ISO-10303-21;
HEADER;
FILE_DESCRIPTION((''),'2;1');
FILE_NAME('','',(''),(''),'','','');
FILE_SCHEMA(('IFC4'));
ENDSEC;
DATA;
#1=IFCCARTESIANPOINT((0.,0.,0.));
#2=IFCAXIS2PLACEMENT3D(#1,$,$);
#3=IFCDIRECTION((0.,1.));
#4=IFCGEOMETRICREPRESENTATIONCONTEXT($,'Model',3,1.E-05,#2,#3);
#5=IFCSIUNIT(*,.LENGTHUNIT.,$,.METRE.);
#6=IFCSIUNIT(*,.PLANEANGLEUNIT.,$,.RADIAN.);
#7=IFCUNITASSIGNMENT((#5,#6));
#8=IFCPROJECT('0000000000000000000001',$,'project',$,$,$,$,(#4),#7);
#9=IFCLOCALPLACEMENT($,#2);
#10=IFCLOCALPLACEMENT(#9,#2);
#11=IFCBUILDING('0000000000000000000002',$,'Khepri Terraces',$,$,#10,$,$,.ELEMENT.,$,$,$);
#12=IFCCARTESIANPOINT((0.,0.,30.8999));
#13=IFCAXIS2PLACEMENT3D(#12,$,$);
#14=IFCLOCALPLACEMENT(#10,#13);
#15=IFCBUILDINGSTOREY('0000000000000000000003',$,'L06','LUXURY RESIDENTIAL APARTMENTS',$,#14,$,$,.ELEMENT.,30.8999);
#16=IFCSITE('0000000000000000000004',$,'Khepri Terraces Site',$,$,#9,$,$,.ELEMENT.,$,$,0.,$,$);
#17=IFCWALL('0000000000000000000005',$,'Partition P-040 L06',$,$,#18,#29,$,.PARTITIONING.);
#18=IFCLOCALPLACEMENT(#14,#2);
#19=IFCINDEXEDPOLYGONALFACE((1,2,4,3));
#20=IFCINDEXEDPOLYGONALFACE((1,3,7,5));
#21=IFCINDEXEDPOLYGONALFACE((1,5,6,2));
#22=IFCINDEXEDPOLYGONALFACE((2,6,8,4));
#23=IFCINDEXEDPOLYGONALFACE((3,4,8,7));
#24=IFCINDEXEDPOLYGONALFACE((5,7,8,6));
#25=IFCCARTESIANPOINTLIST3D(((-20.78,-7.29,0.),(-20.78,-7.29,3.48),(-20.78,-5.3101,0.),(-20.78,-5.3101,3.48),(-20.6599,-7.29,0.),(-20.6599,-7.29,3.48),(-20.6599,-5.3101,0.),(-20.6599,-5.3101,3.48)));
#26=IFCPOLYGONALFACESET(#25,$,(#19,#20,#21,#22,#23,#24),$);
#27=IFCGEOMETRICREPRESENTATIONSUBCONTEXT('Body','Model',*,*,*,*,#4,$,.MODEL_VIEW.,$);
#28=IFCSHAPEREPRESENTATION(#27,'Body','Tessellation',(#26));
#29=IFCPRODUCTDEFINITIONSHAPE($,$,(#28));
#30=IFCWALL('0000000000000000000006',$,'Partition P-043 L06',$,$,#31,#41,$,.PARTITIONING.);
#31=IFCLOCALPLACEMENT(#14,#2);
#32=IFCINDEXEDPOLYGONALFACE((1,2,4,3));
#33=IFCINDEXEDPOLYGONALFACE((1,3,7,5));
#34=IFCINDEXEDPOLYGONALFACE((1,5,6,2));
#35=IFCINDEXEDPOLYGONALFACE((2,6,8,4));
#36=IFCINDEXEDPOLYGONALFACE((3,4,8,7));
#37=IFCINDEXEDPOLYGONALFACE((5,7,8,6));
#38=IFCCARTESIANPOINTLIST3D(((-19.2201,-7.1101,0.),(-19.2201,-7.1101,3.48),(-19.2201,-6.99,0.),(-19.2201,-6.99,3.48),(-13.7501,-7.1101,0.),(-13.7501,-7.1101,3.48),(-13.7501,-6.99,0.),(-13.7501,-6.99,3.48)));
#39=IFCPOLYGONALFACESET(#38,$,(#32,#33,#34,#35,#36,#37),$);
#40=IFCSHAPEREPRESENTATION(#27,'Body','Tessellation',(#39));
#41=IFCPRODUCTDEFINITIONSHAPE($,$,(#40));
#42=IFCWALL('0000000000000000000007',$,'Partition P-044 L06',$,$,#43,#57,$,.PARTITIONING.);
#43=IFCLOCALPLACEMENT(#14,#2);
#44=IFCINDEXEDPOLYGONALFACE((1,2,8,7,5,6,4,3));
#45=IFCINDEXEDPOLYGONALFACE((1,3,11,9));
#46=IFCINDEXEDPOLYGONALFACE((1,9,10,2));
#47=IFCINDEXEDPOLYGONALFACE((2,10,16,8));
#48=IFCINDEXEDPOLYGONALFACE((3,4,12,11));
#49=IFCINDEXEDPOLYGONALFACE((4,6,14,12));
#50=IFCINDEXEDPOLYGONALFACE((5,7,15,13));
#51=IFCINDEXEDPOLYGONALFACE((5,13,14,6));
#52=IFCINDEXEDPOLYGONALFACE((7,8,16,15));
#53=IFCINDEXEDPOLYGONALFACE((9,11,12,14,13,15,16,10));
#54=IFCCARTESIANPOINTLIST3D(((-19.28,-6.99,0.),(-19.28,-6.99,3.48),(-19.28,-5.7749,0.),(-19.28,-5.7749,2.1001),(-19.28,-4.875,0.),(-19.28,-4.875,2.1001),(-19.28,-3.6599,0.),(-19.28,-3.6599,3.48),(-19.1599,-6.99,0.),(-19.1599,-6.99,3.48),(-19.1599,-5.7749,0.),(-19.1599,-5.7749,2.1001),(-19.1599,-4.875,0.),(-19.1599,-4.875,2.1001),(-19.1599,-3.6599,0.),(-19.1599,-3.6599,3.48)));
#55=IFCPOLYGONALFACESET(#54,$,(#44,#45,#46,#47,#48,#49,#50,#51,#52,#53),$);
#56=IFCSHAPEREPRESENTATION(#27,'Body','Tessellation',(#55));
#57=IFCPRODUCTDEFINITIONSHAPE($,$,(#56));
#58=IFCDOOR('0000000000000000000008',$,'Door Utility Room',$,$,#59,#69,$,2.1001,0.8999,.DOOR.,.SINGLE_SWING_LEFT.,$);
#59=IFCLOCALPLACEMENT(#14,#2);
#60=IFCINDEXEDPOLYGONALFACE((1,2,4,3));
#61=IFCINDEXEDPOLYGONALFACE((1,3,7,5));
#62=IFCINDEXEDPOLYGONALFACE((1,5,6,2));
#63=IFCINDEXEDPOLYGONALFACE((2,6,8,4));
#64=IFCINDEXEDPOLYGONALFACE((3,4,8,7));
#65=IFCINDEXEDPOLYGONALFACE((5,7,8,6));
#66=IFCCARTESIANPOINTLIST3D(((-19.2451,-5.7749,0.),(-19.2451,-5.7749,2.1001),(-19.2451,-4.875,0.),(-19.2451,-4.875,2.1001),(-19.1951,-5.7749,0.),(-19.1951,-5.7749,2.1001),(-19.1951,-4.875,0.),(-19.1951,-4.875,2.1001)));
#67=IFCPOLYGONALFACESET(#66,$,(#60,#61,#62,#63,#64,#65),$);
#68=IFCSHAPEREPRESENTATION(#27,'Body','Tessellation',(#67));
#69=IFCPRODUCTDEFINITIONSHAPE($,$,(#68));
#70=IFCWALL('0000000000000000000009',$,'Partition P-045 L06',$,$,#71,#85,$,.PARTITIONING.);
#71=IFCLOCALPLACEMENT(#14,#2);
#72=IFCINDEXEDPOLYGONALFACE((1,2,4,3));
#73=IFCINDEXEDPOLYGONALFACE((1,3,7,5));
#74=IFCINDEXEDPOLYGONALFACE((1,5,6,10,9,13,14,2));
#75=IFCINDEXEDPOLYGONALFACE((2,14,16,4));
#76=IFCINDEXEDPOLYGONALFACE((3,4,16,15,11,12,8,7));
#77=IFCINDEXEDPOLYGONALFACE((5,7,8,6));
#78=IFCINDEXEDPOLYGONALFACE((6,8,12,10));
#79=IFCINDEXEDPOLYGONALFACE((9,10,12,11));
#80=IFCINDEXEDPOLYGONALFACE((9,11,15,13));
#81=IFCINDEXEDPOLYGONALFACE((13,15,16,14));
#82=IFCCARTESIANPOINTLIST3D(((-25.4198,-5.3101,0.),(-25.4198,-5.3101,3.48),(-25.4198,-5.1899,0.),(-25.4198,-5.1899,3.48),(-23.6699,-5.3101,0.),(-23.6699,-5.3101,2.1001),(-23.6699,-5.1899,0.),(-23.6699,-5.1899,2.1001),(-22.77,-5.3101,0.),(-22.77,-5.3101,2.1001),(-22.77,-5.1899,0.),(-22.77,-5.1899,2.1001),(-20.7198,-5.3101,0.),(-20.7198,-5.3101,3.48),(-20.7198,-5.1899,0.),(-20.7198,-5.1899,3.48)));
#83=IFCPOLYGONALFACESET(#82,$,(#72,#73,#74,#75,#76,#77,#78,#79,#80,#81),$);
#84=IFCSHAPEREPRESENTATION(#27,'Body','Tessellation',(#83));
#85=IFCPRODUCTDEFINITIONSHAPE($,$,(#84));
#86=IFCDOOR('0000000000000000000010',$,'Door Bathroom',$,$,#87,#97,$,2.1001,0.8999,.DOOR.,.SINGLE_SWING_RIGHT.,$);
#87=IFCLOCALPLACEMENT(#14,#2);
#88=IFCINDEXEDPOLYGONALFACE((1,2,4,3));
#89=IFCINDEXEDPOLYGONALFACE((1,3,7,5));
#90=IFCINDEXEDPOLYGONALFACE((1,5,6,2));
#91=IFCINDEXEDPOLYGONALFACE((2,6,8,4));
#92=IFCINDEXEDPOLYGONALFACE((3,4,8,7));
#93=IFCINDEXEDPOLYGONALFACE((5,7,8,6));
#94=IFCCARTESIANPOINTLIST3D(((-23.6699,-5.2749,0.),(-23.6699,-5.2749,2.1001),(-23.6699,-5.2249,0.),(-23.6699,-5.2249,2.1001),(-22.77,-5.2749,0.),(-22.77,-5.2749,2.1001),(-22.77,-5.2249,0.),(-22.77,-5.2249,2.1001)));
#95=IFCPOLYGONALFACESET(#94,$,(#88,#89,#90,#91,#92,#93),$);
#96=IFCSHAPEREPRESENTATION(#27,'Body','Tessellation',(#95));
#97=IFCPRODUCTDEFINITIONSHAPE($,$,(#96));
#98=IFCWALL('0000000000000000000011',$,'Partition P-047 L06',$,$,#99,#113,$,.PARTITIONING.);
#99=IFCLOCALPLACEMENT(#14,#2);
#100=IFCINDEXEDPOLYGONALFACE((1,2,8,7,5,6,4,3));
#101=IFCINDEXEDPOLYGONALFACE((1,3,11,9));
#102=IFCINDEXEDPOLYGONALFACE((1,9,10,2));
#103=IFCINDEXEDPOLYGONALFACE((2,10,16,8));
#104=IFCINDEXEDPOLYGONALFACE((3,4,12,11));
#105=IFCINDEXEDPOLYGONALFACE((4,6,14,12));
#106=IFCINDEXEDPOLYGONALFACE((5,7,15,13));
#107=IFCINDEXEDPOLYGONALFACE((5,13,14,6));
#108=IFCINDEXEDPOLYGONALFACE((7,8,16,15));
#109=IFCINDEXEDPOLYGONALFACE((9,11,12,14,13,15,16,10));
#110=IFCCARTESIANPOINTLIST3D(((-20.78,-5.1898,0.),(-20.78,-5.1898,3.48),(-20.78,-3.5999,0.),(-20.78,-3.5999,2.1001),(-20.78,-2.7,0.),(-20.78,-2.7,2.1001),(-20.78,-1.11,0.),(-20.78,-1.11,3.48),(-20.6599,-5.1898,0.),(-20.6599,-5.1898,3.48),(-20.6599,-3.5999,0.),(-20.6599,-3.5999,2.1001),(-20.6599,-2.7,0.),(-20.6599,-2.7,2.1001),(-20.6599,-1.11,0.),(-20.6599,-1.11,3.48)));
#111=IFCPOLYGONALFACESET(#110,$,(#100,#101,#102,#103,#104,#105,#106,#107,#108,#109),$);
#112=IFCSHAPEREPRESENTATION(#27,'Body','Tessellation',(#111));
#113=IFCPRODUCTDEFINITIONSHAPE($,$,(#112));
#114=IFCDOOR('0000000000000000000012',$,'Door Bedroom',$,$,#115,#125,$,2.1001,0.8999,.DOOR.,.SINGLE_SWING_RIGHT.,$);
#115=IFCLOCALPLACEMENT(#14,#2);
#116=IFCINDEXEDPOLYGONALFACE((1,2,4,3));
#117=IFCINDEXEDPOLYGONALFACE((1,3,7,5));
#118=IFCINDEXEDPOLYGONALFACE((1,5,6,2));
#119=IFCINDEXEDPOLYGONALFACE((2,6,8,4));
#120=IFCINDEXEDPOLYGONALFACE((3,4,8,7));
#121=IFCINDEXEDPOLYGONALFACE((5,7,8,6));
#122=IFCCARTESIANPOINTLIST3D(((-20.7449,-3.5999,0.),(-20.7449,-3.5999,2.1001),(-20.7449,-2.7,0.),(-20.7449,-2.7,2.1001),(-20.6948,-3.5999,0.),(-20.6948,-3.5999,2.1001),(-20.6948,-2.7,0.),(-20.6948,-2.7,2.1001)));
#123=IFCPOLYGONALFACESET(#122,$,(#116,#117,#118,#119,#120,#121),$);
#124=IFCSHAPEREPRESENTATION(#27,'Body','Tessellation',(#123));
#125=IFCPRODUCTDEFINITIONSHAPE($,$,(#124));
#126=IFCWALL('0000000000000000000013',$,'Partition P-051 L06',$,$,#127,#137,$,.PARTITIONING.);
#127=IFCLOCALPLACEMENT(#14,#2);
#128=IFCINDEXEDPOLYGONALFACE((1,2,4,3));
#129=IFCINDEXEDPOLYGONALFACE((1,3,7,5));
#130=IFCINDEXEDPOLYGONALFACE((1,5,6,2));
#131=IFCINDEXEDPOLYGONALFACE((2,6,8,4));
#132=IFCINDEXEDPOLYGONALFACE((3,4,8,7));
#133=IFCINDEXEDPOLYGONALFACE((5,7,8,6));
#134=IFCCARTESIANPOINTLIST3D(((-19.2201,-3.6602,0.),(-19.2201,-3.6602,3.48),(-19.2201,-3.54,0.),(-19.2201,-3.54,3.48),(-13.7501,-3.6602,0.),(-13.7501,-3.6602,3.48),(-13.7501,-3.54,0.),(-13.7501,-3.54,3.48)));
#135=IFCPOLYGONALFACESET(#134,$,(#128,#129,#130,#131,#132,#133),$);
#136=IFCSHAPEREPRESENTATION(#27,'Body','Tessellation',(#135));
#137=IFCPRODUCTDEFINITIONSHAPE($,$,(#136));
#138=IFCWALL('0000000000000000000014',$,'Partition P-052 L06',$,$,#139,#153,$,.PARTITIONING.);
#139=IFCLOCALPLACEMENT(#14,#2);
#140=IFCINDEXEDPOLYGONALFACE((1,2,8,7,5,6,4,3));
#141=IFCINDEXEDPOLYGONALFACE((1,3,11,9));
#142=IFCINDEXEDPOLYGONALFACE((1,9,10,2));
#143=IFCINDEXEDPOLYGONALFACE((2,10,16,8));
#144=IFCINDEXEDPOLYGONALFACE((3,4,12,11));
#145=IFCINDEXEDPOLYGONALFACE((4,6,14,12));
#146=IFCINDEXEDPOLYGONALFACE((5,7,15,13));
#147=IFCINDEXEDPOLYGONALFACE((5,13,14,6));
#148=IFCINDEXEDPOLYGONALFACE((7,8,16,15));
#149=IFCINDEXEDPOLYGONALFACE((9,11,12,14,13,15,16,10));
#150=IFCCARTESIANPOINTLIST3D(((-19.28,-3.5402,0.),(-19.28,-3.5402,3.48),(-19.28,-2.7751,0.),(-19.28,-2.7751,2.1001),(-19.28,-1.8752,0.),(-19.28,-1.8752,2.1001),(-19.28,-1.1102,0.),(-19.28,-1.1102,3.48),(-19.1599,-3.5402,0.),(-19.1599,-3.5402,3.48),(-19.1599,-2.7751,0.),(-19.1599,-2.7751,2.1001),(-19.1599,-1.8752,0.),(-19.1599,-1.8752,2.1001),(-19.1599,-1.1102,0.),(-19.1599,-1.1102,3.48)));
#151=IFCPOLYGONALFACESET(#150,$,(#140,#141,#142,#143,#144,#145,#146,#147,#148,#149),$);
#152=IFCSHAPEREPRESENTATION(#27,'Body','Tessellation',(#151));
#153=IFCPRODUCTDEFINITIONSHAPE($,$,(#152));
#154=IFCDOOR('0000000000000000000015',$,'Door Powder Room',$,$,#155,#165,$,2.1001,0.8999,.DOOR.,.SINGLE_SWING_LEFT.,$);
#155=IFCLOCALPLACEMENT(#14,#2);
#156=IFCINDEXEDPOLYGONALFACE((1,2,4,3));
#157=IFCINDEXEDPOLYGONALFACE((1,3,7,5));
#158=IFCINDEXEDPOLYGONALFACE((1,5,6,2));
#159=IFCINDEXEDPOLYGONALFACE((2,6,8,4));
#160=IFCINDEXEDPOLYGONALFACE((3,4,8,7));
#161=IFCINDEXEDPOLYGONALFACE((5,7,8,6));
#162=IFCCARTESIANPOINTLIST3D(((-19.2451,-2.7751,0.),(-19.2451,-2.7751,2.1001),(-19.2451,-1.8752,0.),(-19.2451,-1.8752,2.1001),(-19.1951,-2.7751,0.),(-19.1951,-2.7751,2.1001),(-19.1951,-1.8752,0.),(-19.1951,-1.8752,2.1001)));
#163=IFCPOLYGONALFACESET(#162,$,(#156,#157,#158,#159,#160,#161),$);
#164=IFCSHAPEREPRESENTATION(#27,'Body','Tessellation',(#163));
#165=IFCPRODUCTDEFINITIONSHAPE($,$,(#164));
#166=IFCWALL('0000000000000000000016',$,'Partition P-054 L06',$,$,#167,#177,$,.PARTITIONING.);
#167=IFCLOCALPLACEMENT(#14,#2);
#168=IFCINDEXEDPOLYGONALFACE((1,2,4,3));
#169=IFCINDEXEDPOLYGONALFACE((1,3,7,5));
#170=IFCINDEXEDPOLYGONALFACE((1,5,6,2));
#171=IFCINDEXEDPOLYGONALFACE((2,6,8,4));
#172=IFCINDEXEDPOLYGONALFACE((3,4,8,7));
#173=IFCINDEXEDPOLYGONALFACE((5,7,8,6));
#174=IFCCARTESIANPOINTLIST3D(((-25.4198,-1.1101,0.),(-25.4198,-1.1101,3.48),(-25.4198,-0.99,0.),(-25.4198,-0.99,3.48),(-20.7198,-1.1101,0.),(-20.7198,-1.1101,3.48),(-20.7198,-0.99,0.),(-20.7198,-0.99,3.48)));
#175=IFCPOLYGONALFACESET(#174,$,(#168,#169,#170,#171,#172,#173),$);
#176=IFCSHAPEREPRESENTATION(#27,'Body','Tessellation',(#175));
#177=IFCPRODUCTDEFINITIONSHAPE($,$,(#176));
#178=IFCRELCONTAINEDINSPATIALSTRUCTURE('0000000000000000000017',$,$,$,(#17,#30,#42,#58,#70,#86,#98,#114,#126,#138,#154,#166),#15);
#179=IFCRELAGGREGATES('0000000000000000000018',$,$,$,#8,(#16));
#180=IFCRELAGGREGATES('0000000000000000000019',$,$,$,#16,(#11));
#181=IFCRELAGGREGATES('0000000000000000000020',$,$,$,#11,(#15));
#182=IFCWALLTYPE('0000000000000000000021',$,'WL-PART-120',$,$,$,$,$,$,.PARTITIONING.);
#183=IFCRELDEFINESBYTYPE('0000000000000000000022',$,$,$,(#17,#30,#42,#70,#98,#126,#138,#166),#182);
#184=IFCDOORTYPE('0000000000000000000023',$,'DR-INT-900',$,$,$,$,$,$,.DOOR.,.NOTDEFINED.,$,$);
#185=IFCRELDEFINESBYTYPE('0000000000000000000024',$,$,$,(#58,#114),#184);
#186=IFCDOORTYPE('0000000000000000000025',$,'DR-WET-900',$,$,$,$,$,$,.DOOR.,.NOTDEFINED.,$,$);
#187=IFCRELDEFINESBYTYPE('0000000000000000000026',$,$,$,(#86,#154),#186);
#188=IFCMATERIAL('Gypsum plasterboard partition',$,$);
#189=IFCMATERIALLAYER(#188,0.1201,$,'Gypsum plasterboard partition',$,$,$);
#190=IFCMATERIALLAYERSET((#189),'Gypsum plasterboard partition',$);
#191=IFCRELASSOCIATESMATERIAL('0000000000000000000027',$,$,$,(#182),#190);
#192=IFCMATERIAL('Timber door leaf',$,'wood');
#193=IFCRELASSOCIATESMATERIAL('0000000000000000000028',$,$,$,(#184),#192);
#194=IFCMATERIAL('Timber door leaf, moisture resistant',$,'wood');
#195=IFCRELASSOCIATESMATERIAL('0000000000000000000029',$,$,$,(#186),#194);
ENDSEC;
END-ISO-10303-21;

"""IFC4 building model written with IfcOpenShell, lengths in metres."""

from ifc_helpers import new_model, si_unit, direction, frame, frame_2d, origin, place, context, subcontext, project, spatial, rectangle, extrude, material, layer, layer_set, type_object, element, fill, save


model = new_model("IFC4")

# Units and contexts
model_context = context("Model", 3, precision=1e-05, world=origin(), true_north=direction((0.0, 1.0)))
body_context = subcontext(model_context, "Body", "Model", "MODEL_VIEW")
ifc_project = project(units=[si_unit("LENGTHUNIT", "METRE"), si_unit("PLANEANGLEUNIT", "RADIAN")], contexts=[model_context])

# Site, building, storey
site_placement = place(None, origin())
site = spatial("IfcSite", under=ifc_project, at=site_placement, Name="Khepri Terraces Site", CompositionType="ELEMENT", RefElevation=0.0)
building_placement = place(site_placement, origin())
building = spatial("IfcBuilding", under=site, at=building_placement, Name="Khepri Terraces", CompositionType="ELEMENT")
storey_placement = place(building_placement, frame((0.0, 0.0, 30.8999)))
storey = spatial("IfcBuildingStorey", under=building, at=storey_placement, Name="L06", Description="LUXURY RESIDENTIAL APARTMENTS", CompositionType="ELEMENT", Elevation=30.8999)

# Walls
ifc_material_1 = material(Name="Gypsum plasterboard partition")
ifc_layer_1 = layer(ifc_material_1, 0.1201, Name="Gypsum plasterboard partition")
ifc_layer_set_1 = layer_set([ifc_layer_1], Name="Gypsum plasterboard partition")
wall_type_1 = type_object("IfcWallType", Name="WL-PART-120", PredefinedType="PARTITIONING", material=ifc_layer_set_1)
wall_1_placement = place(storey_placement, frame((-20.72, -7.29, 0.0), z_axis=(0.0, 0.0, 1.0), x_axis=(0.0, 1.0, 0.0)))
element("IfcWall", 1, at=wall_1_placement, inside=storey, type_object=wall_type_1, Name="Partition P-040 L06", PredefinedType="PARTITIONING", context=body_context, shape_type="SweptSolid", body=[
    extrude(rectangle(XDim=1.98, YDim=0.1201, at=frame_2d((0.99, 0.0))), origin(), (0.0, 0.0, 1.0), 3.48),
])
wall_2_placement = place(storey_placement, frame((-19.22, -7.05, 0.0), z_axis=(0.0, 0.0, 1.0), x_axis=(1.0, 0.0, 0.0)))
element("IfcWall", 2, at=wall_2_placement, inside=storey, type_object=wall_type_1, Name="Partition P-043 L06", PredefinedType="PARTITIONING", context=body_context, shape_type="SweptSolid", body=[
    extrude(rectangle(XDim=5.47, YDim=0.1201, at=frame_2d((2.7349, 0.0))), origin(), (0.0, 0.0, 1.0), 3.48),
])

# Walls, openings, doors
wall_3_placement = place(storey_placement, frame((-19.22, -6.99, 0.0), z_axis=(0.0, 0.0, 1.0), x_axis=(0.0, 1.0, 0.0)))
wall_3 = element("IfcWall", 3, at=wall_3_placement, inside=storey, type_object=wall_type_1, Name="Partition P-044 L06", PredefinedType="PARTITIONING", context=body_context, shape_type="SweptSolid", body=[
    extrude(rectangle(XDim=3.3301, YDim=0.1201, at=frame_2d((1.665, 0.0))), origin(), (0.0, 0.0, 1.0), 3.48),
])
opening_1_placement = place(wall_3_placement, frame((1.2151, 0.0, 0.0)))
opening_1 = element("IfcOpeningElement", 4, at=opening_1_placement, cuts=wall_3, PredefinedType="OPENING", context=body_context, shape_type="SweptSolid", body=[
    extrude(rectangle(XDim=0.8999, YDim=2.1001, at=frame_2d((0.45, 1.05))), frame((0.0, 0.0701, 0.0), z_axis=(0.0, -1.0, 0.0), x_axis=(1.0, 0.0, 0.0)), (0.0, 0.0, 1.0), 0.1401),
])
ifc_material_2 = material(Name="Timber door leaf", Category="wood")
door_type_1 = type_object("IfcDoorType", Name="DR-INT-900", OperationType="NOTDEFINED", PredefinedType="DOOR", material=ifc_material_2)
door_1_placement = place(opening_1_placement, frame((0.8999, 0.0, 0.0), z_axis=(0.0, 0.0, 1.0), x_axis=(-1.0, 0.0, 0.0)))
door_1 = element("IfcDoor", 5, at=door_1_placement, inside=storey, type_object=door_type_1, Name="Door Utility Room", OperationType="SINGLE_SWING_LEFT", OverallHeight=2.1001, OverallWidth=0.8999, PredefinedType="DOOR", context=body_context, shape_type="SweptSolid", body=[
    extrude(rectangle(XDim=0.8999, YDim=2.1001, at=frame_2d((0.45, 1.05))), frame((0.0, 0.0249, 0.0), z_axis=(0.0, -1.0, 0.0), x_axis=(1.0, 0.0, 0.0)), (0.0, 0.0, 1.0), 0.05),
])
fill(opening_1, door_1)
wall_4_placement = place(storey_placement, frame((-25.4199, -5.25, 0.0), z_axis=(0.0, 0.0, 1.0), x_axis=(1.0, 0.0, 0.0)))
wall_4 = element("IfcWall", 6, at=wall_4_placement, inside=storey, type_object=wall_type_1, Name="Partition P-045 L06", PredefinedType="PARTITIONING", context=body_context, shape_type="SweptSolid", body=[
    extrude(rectangle(XDim=4.7, YDim=0.1201, at=frame_2d((2.3501, 0.0))), origin(), (0.0, 0.0, 1.0), 3.48),
])
opening_2_placement = place(wall_4_placement, frame((1.75, 0.0, 0.0)))
opening_2 = element("IfcOpeningElement", 7, at=opening_2_placement, cuts=wall_4, PredefinedType="OPENING", context=body_context, shape_type="SweptSolid", body=[
    extrude(rectangle(XDim=0.8999, YDim=2.1001, at=frame_2d((0.45, 1.05))), frame((0.0, 0.0701, 0.0), z_axis=(0.0, -1.0, 0.0), x_axis=(1.0, 0.0, 0.0)), (0.0, 0.0, 1.0), 0.1401),
])
ifc_material_3 = material(Name="Timber door leaf, moisture resistant", Category="wood")
door_type_2 = type_object("IfcDoorType", Name="DR-WET-900", OperationType="NOTDEFINED", PredefinedType="DOOR", material=ifc_material_3)
door_2_placement = place(opening_2_placement, frame((0.8999, 0.0, 0.0), z_axis=(0.0, 0.0, 1.0), x_axis=(-1.0, 0.0, 0.0)))
door_2 = element("IfcDoor", 8, at=door_2_placement, inside=storey, type_object=door_type_2, Name="Door Bathroom", OperationType="SINGLE_SWING_RIGHT", OverallHeight=2.1001, OverallWidth=0.8999, PredefinedType="DOOR", context=body_context, shape_type="SweptSolid", body=[
    extrude(rectangle(XDim=0.8999, YDim=2.1001, at=frame_2d((0.45, 1.05))), frame((0.0, 0.0249, 0.0), z_axis=(0.0, -1.0, 0.0), x_axis=(1.0, 0.0, 0.0)), (0.0, 0.0, 1.0), 0.05),
])
fill(opening_2, door_2)
wall_5_placement = place(storey_placement, frame((-20.72, -5.1899, 0.0), z_axis=(0.0, 0.0, 1.0), x_axis=(0.0, 1.0, 0.0)))
wall_5 = element("IfcWall", 9, at=wall_5_placement, inside=storey, type_object=wall_type_1, Name="Partition P-047 L06", PredefinedType="PARTITIONING", context=body_context, shape_type="SweptSolid", body=[
    extrude(rectangle(XDim=4.0798, YDim=0.1201, at=frame_2d((2.04, 0.0))), origin(), (0.0, 0.0, 1.0), 3.48),
])
opening_3_placement = place(wall_5_placement, frame((1.5901, 0.0, 0.0)))
opening_3 = element("IfcOpeningElement", 10, at=opening_3_placement, cuts=wall_5, PredefinedType="OPENING", context=body_context, shape_type="SweptSolid", body=[
    extrude(rectangle(XDim=0.8999, YDim=2.1001, at=frame_2d((0.45, 1.05))), frame((0.0, 0.0701, 0.0), z_axis=(0.0, -1.0, 0.0), x_axis=(1.0, 0.0, 0.0)), (0.0, 0.0, 1.0), 0.1401),
])
door_3_placement = place(opening_3_placement, origin())
door_3 = element("IfcDoor", 11, at=door_3_placement, inside=storey, type_object=door_type_1, Name="Door Bedroom", OperationType="SINGLE_SWING_RIGHT", OverallHeight=2.1001, OverallWidth=0.8999, PredefinedType="DOOR", context=body_context, shape_type="SweptSolid", body=[
    extrude(rectangle(XDim=0.8999, YDim=2.1001, at=frame_2d((0.45, 1.05))), frame((0.0, 0.0249, 0.0), z_axis=(0.0, -1.0, 0.0), x_axis=(1.0, 0.0, 0.0)), (0.0, 0.0, 1.0), 0.05),
])
fill(opening_3, door_3)

# Wall
wall_6_placement = place(storey_placement, frame((-19.22, -3.6001, 0.0), z_axis=(0.0, 0.0, 1.0), x_axis=(1.0, 0.0, 0.0)))
element("IfcWall", 12, at=wall_6_placement, inside=storey, type_object=wall_type_1, Name="Partition P-051 L06", PredefinedType="PARTITIONING", context=body_context, shape_type="SweptSolid", body=[
    extrude(rectangle(XDim=5.47, YDim=0.1201, at=frame_2d((2.7349, 0.0))), origin(), (0.0, 0.0, 1.0), 3.48),
])

# Wall, opening, door
wall_7_placement = place(storey_placement, frame((-19.22, -3.54, 0.0), z_axis=(0.0, 0.0, 1.0), x_axis=(0.0, 1.0, 0.0)))
wall_7 = element("IfcWall", 13, at=wall_7_placement, inside=storey, type_object=wall_type_1, Name="Partition P-052 L06", PredefinedType="PARTITIONING", context=body_context, shape_type="SweptSolid", body=[
    extrude(rectangle(XDim=2.4299, YDim=0.1201, at=frame_2d((1.2148, 0.0))), origin(), (0.0, 0.0, 1.0), 3.48),
])
opening_4_placement = place(wall_7_placement, frame((0.7649, 0.0, 0.0)))
opening_4 = element("IfcOpeningElement", 14, at=opening_4_placement, cuts=wall_7, PredefinedType="OPENING", context=body_context, shape_type="SweptSolid", body=[
    extrude(rectangle(XDim=0.8999, YDim=2.1001, at=frame_2d((0.45, 1.05))), frame((0.0, 0.0701, 0.0), z_axis=(0.0, -1.0, 0.0), x_axis=(1.0, 0.0, 0.0)), (0.0, 0.0, 1.0), 0.1401),
])
door_4_placement = place(opening_4_placement, frame((0.8999, 0.0, 0.0), z_axis=(0.0, 0.0, 1.0), x_axis=(-1.0, 0.0, 0.0)))
door_4 = element("IfcDoor", 15, at=door_4_placement, inside=storey, type_object=door_type_2, Name="Door Powder Room", OperationType="SINGLE_SWING_LEFT", OverallHeight=2.1001, OverallWidth=0.8999, PredefinedType="DOOR", context=body_context, shape_type="SweptSolid", body=[
    extrude(rectangle(XDim=0.8999, YDim=2.1001, at=frame_2d((0.45, 1.05))), frame((0.0, 0.0249, 0.0), z_axis=(0.0, -1.0, 0.0), x_axis=(1.0, 0.0, 0.0)), (0.0, 0.0, 1.0), 0.05),
])
fill(opening_4, door_4)

# Wall
wall_8_placement = place(storey_placement, frame((-25.4199, -1.05, 0.0), z_axis=(0.0, 0.0, 1.0), x_axis=(1.0, 0.0, 0.0)))
element("IfcWall", 16, at=wall_8_placement, inside=storey, type_object=wall_type_1, Name="Partition P-054 L06", PredefinedType="PARTITIONING", context=body_context, shape_type="SweptSolid", body=[
    extrude(rectangle(XDim=4.7, YDim=0.1201, at=frame_2d((2.3501, 0.0))), origin(), (0.0, 0.0, 1.0), 3.48),
])

save(model, "model.ifc")
